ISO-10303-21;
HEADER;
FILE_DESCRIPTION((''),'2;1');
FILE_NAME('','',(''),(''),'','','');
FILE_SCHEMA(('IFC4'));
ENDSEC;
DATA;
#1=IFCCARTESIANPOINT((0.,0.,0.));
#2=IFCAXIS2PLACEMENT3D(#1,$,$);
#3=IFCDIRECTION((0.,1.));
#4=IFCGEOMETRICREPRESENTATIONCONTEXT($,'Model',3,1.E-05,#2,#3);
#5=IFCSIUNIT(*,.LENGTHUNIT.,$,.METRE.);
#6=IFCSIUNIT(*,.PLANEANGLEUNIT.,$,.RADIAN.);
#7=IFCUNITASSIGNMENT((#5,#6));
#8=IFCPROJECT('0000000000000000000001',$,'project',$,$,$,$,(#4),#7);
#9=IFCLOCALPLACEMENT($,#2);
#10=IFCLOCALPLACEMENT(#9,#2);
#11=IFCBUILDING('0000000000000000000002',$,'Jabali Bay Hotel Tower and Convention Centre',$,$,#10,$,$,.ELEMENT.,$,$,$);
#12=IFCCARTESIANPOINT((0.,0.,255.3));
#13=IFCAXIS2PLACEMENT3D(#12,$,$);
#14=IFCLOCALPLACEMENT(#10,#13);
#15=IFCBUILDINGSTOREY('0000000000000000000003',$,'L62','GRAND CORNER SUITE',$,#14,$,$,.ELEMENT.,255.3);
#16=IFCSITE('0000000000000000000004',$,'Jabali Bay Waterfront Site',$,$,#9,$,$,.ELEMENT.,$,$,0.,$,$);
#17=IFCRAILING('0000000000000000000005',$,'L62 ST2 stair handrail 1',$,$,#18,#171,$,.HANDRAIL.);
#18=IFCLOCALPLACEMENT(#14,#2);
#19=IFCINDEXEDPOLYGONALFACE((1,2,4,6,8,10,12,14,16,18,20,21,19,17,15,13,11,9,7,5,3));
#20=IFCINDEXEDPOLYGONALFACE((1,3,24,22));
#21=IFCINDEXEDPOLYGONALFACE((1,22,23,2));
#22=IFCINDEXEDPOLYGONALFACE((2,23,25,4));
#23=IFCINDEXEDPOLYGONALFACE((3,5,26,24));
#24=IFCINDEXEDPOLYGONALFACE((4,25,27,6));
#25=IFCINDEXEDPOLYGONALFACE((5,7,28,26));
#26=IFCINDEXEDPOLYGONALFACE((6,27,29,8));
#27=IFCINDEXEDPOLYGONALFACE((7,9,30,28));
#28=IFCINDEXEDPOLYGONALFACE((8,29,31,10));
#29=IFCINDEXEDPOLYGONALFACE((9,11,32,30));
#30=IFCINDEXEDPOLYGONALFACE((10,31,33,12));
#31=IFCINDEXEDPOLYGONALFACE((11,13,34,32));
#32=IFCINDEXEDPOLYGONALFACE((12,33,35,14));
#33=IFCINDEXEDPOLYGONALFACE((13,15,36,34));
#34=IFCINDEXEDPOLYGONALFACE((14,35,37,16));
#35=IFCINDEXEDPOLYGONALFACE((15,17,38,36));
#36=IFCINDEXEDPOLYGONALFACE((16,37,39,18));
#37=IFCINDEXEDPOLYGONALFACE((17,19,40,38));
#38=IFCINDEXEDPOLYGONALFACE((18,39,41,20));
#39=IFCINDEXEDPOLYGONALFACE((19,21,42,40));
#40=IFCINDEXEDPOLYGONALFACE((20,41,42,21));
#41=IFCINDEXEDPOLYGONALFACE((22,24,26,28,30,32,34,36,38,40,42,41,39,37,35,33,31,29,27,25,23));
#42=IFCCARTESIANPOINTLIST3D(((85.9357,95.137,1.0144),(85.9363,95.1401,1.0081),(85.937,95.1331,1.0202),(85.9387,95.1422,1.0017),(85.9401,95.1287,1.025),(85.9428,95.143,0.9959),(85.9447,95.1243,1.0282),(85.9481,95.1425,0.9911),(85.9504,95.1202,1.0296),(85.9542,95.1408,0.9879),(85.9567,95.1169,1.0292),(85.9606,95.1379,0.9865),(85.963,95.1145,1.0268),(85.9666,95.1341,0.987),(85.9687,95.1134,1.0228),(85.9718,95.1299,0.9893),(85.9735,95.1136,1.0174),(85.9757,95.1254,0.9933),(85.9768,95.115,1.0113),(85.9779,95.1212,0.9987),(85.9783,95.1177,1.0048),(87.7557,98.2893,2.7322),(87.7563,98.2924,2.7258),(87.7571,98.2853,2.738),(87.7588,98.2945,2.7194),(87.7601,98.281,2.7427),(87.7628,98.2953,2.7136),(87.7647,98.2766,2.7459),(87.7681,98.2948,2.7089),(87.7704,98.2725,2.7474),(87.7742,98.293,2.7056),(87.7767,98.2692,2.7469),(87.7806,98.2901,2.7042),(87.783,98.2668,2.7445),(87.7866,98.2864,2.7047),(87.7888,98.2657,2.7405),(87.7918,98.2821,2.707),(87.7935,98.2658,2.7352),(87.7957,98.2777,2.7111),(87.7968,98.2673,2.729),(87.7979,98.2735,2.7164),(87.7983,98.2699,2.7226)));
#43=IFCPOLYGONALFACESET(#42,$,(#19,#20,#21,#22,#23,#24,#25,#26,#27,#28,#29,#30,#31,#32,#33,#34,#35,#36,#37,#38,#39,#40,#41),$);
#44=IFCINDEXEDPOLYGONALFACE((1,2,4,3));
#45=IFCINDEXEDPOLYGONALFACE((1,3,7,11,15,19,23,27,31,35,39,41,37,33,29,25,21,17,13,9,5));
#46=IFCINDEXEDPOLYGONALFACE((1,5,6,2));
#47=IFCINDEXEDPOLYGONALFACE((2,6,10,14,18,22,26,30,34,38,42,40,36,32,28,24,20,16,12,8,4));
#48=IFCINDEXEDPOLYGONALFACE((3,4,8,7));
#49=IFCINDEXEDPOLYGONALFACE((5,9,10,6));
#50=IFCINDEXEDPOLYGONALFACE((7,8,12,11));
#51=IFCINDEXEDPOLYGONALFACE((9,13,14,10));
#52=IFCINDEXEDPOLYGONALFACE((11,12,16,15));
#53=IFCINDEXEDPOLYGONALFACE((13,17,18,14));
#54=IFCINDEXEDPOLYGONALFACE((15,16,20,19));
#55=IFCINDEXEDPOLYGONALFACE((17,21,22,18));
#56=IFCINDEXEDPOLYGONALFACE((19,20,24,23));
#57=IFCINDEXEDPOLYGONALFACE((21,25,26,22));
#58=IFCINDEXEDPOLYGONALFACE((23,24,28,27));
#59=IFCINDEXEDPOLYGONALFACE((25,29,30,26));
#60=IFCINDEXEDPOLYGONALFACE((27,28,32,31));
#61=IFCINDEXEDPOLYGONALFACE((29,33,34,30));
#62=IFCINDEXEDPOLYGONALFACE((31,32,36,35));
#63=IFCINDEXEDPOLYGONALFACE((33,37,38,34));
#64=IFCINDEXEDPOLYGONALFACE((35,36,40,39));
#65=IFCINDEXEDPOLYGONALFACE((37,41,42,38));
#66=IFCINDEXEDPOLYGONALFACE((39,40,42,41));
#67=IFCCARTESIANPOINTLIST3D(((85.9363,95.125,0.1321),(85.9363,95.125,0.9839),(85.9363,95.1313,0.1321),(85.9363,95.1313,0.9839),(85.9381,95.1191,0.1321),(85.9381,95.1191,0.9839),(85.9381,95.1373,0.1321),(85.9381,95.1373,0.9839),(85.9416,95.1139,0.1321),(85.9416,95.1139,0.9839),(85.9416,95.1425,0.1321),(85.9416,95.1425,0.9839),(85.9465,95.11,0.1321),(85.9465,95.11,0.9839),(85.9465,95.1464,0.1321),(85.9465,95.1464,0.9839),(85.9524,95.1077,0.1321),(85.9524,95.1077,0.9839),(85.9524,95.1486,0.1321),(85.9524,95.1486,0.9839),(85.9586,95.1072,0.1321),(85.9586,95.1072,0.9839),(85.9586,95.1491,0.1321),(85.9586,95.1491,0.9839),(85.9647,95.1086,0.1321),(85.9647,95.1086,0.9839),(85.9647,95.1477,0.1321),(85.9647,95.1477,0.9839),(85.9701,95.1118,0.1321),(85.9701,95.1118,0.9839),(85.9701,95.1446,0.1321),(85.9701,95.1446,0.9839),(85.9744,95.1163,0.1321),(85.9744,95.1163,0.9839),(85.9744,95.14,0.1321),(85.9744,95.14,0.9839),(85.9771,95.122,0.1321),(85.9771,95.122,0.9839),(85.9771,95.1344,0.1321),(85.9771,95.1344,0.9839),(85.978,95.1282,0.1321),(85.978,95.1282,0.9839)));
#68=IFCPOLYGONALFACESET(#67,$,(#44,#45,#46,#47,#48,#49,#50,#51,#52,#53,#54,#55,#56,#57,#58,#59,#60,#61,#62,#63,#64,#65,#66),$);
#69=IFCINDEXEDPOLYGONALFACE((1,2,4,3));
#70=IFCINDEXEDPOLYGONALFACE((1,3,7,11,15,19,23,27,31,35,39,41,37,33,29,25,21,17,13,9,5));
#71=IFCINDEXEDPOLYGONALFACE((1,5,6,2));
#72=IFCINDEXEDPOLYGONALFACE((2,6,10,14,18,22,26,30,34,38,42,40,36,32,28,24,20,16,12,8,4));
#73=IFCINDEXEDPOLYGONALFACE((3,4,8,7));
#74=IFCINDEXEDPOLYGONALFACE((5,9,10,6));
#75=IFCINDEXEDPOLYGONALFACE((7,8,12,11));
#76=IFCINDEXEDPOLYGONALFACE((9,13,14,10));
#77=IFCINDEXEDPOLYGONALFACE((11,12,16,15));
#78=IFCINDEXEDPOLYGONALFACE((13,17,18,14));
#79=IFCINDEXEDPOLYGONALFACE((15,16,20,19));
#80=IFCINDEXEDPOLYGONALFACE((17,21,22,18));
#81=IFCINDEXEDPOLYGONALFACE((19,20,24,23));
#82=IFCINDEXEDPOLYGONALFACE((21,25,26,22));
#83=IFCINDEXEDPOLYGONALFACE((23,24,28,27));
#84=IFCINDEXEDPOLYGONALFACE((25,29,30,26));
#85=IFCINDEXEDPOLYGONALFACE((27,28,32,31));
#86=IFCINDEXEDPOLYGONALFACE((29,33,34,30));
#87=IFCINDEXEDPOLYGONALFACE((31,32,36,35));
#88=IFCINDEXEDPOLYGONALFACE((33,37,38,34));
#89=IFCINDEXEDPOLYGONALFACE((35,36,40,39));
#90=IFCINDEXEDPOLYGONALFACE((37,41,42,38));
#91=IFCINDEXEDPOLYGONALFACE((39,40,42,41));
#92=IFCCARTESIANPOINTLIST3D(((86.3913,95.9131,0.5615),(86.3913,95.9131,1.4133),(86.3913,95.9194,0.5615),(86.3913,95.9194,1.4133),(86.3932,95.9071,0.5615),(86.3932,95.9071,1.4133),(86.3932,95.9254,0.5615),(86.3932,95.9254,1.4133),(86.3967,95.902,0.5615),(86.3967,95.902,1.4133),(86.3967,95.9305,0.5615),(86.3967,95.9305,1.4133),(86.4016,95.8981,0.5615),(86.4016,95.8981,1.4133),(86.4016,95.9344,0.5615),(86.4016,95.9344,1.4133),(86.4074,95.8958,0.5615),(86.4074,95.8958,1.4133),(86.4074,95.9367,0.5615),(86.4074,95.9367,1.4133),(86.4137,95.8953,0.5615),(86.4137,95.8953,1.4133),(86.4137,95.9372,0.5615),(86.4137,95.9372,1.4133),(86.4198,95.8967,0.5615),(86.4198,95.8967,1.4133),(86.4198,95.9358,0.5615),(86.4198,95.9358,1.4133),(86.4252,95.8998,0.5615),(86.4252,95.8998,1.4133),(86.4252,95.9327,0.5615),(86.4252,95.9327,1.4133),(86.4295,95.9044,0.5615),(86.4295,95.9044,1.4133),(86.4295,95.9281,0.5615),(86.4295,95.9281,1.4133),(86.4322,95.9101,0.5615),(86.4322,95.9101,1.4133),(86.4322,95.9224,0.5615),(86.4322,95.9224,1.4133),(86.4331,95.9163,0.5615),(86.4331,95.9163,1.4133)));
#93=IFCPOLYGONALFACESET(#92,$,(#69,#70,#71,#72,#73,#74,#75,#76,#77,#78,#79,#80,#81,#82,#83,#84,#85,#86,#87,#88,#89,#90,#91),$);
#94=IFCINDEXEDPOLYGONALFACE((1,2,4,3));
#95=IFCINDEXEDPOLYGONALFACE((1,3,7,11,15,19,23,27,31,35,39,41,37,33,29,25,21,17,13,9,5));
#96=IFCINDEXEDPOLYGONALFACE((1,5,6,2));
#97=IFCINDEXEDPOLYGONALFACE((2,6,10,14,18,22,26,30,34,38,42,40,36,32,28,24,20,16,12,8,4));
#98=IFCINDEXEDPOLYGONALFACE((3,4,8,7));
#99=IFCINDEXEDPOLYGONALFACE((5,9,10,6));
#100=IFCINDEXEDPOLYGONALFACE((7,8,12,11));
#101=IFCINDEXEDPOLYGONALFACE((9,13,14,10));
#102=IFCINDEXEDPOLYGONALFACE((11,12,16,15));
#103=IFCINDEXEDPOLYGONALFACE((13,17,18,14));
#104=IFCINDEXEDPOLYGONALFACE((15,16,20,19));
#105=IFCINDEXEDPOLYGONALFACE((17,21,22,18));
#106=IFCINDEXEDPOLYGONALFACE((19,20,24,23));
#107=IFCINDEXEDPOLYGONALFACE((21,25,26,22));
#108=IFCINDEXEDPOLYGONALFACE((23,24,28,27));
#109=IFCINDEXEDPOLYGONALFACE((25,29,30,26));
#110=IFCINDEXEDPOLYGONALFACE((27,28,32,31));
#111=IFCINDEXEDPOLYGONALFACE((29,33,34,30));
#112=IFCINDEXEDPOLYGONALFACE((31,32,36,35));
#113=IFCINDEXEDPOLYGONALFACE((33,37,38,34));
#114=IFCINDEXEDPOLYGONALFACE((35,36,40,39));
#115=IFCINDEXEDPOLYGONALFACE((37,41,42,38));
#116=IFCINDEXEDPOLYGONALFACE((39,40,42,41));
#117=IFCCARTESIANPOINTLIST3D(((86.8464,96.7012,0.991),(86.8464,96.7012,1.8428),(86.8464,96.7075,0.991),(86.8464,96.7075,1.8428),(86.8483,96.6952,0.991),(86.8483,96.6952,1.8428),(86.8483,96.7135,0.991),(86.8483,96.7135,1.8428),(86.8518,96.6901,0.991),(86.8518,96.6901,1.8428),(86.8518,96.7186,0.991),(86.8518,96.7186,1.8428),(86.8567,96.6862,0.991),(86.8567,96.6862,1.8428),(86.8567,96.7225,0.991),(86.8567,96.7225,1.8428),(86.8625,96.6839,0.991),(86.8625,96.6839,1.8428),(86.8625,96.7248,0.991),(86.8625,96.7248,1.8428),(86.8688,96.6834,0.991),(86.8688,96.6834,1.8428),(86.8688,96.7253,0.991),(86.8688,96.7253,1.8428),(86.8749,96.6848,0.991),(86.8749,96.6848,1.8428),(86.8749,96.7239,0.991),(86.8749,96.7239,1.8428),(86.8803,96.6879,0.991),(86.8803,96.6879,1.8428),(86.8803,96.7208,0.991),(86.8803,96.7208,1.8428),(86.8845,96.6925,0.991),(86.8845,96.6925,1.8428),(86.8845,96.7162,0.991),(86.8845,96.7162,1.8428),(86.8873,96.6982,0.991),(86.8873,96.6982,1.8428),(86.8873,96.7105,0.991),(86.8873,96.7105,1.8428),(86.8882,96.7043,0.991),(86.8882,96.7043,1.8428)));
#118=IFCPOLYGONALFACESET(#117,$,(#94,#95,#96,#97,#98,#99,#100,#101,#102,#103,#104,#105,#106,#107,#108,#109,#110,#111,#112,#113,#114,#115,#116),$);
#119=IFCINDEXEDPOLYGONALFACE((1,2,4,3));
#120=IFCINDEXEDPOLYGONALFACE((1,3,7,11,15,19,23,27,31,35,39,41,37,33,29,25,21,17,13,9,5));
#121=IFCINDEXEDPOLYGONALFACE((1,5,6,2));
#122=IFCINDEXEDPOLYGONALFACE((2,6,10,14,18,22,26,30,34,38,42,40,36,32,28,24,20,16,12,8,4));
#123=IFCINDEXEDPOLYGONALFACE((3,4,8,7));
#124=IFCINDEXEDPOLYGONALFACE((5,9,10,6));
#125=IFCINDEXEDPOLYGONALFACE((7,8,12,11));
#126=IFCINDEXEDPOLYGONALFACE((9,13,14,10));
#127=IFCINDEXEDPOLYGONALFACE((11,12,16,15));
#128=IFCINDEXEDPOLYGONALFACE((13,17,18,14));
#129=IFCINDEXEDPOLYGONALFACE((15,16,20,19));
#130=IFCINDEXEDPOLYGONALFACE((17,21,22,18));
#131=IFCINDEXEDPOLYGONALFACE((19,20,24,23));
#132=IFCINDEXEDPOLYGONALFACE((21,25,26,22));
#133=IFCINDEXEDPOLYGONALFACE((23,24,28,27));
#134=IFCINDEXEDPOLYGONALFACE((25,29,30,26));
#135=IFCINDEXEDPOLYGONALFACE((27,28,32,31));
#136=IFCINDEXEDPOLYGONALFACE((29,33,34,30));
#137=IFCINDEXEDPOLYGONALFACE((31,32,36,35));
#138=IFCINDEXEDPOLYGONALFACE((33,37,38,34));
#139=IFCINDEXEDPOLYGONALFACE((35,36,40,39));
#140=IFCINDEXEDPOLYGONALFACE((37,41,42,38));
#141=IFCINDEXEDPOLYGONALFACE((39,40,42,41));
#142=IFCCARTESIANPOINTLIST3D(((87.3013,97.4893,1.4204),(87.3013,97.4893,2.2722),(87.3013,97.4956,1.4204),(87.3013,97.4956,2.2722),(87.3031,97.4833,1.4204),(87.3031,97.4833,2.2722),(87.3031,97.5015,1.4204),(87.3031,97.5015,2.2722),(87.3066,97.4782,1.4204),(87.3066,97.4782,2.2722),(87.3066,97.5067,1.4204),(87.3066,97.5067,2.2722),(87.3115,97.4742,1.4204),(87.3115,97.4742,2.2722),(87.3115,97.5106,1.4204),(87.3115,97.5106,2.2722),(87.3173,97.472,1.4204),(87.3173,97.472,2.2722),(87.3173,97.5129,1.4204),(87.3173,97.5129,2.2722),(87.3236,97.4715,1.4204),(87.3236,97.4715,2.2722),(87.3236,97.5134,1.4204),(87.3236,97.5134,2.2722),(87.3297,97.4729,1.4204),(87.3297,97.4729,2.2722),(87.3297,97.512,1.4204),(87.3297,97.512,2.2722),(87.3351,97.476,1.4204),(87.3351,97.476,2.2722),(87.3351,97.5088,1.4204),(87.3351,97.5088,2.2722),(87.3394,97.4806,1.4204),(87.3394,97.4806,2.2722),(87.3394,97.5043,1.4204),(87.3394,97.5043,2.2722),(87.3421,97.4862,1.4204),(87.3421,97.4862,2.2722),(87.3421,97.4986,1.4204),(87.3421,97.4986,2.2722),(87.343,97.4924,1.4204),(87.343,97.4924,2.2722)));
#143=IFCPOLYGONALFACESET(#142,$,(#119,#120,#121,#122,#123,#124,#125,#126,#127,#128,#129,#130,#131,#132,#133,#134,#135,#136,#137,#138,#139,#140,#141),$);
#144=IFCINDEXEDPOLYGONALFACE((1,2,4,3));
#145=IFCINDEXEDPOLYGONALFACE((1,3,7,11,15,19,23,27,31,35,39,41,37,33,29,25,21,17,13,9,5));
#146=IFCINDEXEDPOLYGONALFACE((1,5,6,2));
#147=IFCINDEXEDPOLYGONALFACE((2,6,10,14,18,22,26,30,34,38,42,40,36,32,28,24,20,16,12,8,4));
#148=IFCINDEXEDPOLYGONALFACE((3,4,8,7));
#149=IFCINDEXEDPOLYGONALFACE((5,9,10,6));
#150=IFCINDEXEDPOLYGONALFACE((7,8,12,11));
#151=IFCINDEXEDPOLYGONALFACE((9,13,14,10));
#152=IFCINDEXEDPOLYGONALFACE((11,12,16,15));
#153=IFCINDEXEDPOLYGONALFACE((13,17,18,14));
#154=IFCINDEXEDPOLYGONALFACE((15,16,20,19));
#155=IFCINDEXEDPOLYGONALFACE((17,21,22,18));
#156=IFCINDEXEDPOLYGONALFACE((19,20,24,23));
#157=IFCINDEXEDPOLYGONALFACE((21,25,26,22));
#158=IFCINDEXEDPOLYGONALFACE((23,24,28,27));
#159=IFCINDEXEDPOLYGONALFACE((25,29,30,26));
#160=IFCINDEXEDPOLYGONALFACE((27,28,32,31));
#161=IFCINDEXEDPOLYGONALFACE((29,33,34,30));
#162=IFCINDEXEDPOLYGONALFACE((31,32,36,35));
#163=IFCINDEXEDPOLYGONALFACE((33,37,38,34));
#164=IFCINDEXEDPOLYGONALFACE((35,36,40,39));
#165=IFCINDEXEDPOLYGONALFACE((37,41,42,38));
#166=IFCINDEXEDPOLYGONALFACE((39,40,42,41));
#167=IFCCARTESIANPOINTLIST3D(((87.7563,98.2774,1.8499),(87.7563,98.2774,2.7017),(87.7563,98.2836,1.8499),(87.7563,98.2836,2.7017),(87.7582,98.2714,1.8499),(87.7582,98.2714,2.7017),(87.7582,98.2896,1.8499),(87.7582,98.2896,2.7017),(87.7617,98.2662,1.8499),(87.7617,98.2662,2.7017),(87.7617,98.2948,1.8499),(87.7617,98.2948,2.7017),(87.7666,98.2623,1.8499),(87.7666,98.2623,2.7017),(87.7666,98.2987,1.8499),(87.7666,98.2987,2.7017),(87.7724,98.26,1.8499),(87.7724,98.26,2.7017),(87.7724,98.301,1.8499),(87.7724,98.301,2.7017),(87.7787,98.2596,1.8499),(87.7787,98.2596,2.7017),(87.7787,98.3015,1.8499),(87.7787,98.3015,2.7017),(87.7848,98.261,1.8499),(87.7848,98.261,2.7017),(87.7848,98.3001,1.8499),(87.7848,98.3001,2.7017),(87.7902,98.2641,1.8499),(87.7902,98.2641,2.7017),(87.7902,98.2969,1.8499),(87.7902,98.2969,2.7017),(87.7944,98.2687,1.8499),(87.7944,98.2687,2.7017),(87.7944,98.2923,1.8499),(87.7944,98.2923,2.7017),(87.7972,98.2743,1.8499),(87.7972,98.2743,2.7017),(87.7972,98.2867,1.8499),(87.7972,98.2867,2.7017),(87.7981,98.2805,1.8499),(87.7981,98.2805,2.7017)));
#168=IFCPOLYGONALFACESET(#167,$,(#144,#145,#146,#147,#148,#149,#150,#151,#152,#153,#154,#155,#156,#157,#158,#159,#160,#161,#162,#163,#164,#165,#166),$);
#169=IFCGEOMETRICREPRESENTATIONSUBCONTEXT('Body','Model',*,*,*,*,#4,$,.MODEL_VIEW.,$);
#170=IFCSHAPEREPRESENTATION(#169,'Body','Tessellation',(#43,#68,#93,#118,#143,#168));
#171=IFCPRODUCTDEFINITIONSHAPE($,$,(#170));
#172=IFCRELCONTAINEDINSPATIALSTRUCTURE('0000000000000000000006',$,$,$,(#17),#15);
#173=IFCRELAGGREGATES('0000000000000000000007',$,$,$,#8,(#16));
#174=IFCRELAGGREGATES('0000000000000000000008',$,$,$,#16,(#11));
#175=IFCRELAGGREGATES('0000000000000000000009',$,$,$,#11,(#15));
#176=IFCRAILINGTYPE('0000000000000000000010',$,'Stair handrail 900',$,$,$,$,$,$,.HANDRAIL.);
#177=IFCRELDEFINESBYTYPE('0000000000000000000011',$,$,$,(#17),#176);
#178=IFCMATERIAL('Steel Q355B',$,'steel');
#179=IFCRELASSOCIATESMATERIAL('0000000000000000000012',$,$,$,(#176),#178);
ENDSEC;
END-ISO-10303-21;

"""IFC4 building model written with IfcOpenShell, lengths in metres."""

from ifc_helpers import new_model, si_unit, direction, frame, origin, origin_2d, place, context, subcontext, project, spatial, circle, extrude, material, type_object, element, save


model = new_model("IFC4")

# Units and contexts
model_context = context("Model", 3, precision=1e-05, world=origin(), true_north=direction((0.0, 1.0)))
body_context = subcontext(model_context, "Body", "Model", "MODEL_VIEW")
ifc_project = project(units=[si_unit("LENGTHUNIT", "METRE"), si_unit("PLANEANGLEUNIT", "RADIAN")], contexts=[model_context])

# Site, building, storey
site_placement = place(None, origin())
site = spatial("IfcSite", under=ifc_project, at=site_placement, Name="Jabali Bay Waterfront Site", CompositionType="ELEMENT", RefElevation=0.0)
building_placement = place(site_placement, origin())
building = spatial("IfcBuilding", under=site, at=building_placement, Name="Jabali Bay Hotel Tower and Convention Centre", CompositionType="ELEMENT")
storey_placement = place(building_placement, frame((0.0, 0.0, 255.3)))
storey = spatial("IfcBuildingStorey", under=building, at=storey_placement, Name="L62", Description="GRAND CORNER SUITE", CompositionType="ELEMENT", Elevation=255.3)

# Railing
ifc_material_1 = material(Name="Steel Q355B", Category="steel")
railing_type_1 = type_object("IfcRailingType", Name="Stair handrail 900", PredefinedType="HANDRAIL", material=ifc_material_1)
railing_1_placement = place(storey_placement, frame((85.957, 95.1282, 0.1321)))
element("IfcRailing", 1, at=railing_1_placement, inside=storey, type_object=railing_type_1, Name="L62 ST2 stair handrail 1", PredefinedType="HANDRAIL", context=body_context, shape_type="SweptSolid", body=[
    extrude(circle(Radius=0.0239, at=origin_2d()), frame((0.0, 0.0, 0.876), z_axis=(0.45219, 0.78319, 0.426775), x_axis=(-0.866018, 0.500013, 0.0)), (0.0, 0.0, 1.0), 4.0249),
    extrude(circle(Radius=0.021, at=origin_2d()), origin(), (0.0, 0.0, 1.0), 0.8518),
    extrude(circle(Radius=0.021, at=origin_2d()), frame((0.4551, 0.7881, 0.4294)), (0.0, 0.0, 1.0), 0.8518),
    extrude(circle(Radius=0.021, at=origin_2d()), frame((0.9102, 1.5762, 0.8589)), (0.0, 0.0, 1.0), 0.8518),
    extrude(circle(Radius=0.021, at=origin_2d()), frame((1.365, 2.3643, 1.2883)), (0.0, 0.0, 1.0), 0.8518),
    extrude(circle(Radius=0.021, at=origin_2d()), frame((1.8201, 3.1523, 1.7178)), (0.0, 0.0, 1.0), 0.8518),
])

save(model, "model.ifc")
